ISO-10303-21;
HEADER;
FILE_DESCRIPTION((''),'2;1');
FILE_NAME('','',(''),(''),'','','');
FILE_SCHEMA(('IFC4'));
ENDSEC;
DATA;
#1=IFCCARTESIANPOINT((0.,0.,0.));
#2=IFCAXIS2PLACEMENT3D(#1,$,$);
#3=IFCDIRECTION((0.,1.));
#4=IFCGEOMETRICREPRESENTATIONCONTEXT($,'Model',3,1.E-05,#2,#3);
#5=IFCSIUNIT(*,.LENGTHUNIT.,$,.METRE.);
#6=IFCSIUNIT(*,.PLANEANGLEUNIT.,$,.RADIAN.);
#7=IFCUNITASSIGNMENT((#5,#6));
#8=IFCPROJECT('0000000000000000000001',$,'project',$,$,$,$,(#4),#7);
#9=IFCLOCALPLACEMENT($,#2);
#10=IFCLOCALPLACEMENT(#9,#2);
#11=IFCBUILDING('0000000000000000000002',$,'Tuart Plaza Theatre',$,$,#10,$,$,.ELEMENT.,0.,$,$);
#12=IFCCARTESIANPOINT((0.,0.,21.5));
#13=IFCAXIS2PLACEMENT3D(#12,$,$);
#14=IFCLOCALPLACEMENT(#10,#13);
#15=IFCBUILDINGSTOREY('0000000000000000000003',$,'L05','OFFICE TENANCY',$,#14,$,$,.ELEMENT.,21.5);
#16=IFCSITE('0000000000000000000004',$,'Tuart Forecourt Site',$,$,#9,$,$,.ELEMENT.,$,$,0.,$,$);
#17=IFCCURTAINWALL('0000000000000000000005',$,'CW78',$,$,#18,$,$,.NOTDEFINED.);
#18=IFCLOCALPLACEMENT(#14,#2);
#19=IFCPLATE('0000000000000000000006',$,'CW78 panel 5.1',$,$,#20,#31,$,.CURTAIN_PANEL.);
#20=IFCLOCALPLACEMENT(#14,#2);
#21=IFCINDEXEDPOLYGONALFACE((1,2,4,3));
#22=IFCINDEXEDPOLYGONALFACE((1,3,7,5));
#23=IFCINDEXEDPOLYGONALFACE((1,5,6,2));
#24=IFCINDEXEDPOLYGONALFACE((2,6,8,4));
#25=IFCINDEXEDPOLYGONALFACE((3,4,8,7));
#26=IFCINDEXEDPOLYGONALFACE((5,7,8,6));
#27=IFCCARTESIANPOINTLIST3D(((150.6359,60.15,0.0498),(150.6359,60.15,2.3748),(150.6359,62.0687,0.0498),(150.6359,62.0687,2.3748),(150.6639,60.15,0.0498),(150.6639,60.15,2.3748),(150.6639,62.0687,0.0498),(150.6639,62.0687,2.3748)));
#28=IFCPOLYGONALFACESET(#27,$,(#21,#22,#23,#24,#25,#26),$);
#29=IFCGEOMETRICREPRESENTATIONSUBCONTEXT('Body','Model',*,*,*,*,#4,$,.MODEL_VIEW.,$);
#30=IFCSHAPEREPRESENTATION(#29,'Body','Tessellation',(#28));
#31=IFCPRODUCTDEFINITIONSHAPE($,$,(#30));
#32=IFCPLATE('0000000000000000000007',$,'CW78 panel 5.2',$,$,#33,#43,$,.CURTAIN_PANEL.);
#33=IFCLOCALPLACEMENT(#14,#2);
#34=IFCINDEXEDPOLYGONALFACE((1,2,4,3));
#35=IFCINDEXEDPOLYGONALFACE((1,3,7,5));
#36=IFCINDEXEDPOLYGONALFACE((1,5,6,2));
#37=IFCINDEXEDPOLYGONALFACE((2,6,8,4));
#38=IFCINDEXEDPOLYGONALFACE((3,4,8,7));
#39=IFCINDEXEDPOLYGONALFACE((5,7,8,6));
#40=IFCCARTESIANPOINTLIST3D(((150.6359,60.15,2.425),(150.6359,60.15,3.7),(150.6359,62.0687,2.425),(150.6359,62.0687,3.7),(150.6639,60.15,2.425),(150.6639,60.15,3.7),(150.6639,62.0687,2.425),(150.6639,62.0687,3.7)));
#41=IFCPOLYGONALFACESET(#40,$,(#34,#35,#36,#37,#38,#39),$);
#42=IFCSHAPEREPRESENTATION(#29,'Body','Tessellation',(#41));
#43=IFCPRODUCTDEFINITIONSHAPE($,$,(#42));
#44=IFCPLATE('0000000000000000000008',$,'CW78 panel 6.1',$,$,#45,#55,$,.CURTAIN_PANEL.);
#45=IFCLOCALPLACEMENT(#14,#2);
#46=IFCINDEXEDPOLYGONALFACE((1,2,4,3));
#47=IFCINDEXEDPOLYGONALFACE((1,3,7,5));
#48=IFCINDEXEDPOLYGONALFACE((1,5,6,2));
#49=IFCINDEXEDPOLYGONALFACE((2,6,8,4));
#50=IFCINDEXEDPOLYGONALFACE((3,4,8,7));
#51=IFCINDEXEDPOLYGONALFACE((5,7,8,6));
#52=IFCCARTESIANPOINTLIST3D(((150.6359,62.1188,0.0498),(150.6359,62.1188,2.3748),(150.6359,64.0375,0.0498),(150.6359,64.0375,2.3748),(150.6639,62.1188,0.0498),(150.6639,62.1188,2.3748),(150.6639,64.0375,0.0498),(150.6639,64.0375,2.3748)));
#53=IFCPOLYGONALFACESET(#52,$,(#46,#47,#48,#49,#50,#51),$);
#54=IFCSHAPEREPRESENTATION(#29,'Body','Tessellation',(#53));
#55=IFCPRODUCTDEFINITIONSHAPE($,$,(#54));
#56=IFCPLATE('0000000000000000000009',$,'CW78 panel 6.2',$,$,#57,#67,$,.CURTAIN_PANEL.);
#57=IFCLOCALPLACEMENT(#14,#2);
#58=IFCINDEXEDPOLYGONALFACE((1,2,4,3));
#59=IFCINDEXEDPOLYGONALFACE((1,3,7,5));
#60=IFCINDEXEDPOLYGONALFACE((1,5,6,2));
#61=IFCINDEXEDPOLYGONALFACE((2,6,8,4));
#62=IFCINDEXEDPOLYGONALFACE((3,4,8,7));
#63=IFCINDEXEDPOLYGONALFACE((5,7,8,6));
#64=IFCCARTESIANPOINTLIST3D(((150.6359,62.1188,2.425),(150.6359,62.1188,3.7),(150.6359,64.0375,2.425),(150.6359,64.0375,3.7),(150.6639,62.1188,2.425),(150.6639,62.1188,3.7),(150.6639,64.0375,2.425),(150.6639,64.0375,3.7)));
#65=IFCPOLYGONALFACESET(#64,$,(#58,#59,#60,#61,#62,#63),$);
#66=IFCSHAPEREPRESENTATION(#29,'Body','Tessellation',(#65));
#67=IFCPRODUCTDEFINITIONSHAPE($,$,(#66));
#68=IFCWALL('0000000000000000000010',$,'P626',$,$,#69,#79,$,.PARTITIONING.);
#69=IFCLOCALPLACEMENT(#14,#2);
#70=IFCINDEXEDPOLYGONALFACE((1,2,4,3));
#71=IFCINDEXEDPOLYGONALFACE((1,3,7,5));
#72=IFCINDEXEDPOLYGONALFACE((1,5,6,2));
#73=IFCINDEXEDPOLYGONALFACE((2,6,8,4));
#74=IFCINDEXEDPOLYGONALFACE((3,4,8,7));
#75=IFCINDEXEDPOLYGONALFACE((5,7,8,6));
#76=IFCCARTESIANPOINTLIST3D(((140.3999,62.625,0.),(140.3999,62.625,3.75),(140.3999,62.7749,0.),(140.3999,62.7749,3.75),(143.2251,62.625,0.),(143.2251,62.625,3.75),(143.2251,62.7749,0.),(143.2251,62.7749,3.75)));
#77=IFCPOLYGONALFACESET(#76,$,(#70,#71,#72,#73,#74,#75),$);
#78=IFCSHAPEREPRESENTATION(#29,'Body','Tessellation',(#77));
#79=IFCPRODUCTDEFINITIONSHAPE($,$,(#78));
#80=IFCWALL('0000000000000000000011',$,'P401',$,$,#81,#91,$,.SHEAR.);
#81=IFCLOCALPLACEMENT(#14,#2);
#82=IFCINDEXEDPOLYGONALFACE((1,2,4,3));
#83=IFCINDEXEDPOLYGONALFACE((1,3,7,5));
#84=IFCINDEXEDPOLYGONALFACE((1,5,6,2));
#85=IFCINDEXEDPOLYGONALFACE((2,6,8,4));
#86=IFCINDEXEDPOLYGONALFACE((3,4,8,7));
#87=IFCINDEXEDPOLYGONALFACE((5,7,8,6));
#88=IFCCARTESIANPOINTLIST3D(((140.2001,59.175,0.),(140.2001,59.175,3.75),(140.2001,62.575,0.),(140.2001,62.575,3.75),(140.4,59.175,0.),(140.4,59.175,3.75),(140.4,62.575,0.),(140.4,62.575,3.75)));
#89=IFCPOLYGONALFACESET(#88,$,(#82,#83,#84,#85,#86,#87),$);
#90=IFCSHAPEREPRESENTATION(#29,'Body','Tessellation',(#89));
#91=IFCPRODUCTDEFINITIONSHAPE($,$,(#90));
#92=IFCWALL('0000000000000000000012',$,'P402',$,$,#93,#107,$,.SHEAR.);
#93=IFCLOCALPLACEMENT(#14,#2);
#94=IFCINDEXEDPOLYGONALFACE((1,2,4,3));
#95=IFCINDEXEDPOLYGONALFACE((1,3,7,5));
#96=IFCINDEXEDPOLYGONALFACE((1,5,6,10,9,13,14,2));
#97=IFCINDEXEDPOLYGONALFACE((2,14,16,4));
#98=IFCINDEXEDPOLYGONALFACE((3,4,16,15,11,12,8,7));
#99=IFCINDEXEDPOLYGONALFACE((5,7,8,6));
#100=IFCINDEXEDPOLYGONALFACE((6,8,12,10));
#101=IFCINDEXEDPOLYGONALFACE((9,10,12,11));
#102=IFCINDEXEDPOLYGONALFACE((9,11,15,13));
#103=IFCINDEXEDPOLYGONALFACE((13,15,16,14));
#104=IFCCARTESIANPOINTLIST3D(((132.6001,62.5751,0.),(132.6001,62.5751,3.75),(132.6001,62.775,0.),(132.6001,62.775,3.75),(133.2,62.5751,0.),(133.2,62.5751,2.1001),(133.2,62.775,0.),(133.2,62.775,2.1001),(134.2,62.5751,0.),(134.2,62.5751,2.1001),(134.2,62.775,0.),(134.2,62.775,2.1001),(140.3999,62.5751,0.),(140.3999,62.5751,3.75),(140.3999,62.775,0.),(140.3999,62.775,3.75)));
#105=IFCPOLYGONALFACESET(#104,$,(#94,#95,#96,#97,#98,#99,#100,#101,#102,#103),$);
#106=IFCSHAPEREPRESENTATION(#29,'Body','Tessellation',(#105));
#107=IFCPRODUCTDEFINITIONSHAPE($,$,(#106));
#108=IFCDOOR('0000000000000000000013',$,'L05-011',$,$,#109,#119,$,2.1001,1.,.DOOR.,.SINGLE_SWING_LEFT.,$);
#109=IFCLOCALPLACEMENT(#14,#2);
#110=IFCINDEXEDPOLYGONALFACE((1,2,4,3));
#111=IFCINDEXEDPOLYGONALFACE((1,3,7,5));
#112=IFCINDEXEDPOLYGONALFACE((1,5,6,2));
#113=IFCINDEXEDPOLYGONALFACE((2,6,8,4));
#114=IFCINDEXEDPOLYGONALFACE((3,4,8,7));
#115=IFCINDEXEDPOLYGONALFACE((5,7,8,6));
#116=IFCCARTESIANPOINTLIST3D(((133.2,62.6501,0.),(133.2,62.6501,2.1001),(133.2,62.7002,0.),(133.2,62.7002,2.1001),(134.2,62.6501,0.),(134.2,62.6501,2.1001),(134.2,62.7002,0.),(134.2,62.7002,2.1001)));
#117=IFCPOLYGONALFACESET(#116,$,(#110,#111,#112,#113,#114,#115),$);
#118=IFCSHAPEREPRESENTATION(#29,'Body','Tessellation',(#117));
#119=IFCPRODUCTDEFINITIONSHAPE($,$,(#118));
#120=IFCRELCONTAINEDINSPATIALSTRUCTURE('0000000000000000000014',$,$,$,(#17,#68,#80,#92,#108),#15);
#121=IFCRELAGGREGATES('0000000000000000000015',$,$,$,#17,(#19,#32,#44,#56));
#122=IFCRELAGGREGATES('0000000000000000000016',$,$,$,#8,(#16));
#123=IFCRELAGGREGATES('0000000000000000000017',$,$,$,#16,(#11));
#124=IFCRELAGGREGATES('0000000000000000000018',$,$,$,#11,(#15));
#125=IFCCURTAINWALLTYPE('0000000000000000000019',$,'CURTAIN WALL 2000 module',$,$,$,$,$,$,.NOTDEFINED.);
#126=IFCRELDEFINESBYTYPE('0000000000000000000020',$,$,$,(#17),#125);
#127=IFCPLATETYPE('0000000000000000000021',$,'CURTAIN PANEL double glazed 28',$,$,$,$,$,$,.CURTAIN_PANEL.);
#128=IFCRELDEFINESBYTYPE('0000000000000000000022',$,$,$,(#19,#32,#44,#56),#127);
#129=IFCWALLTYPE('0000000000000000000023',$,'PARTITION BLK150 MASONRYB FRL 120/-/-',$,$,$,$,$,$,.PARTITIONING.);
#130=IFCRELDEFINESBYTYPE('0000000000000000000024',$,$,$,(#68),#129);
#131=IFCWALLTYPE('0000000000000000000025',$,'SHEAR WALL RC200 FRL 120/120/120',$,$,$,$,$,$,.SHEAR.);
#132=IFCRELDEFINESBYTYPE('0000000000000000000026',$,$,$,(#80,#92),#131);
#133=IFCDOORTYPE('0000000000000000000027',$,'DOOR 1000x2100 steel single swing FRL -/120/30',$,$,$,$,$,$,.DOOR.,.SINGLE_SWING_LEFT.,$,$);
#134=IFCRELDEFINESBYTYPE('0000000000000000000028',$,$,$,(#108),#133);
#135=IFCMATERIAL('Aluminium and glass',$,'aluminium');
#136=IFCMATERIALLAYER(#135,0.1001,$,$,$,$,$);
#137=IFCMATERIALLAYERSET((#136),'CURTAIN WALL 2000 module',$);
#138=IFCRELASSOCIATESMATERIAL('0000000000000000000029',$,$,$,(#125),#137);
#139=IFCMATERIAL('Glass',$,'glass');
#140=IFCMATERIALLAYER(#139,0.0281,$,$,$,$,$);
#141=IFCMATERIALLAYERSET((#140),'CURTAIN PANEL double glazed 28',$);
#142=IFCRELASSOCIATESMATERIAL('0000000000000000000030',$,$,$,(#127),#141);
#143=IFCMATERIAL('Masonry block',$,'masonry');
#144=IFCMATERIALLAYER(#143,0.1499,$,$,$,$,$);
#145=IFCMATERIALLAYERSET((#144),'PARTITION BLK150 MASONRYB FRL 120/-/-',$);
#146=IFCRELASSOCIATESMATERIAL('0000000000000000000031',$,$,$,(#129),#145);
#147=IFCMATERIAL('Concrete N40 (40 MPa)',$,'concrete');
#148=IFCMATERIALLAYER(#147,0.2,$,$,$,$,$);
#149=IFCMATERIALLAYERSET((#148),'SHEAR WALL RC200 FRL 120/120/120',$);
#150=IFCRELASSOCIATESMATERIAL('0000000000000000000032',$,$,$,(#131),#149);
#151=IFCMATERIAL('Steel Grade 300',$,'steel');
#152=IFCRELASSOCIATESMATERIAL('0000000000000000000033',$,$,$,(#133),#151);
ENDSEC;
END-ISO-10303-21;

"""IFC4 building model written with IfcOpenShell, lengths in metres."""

from ifc_helpers import new_model, si_unit, direction, frame, frame_2d, origin, origin_2d, place, context, subcontext, project, spatial, rectangle, extrude, material, layer, layer_set, type_object, element, fill, aggregate, save


model = new_model("IFC4")

# Units and contexts
model_context = context("Model", 3, precision=1e-05, world=origin(), true_north=direction((0.0, 1.0)))
body_context = subcontext(model_context, "Body", "Model", "MODEL_VIEW")
ifc_project = project(units=[si_unit("LENGTHUNIT", "METRE"), si_unit("PLANEANGLEUNIT", "RADIAN")], contexts=[model_context])

# Site, building, storey
site_placement = place(None, origin())
site = spatial("IfcSite", under=ifc_project, at=site_placement, Name="Tuart Forecourt Site", CompositionType="ELEMENT", RefElevation=0.0)
building_placement = place(site_placement, origin())
building = spatial("IfcBuilding", under=site, at=building_placement, Name="Tuart Plaza Theatre", CompositionType="ELEMENT", ElevationOfRefHeight=0.0)
storey_placement = place(building_placement, frame((0.0, 0.0, 21.5)))
storey = spatial("IfcBuildingStorey", under=building, at=storey_placement, Name="L05", Description="OFFICE TENANCY", CompositionType="ELEMENT", Elevation=21.5)

# Curtain wall, plates
ifc_material_1 = material(Name="Aluminium and glass", Category="aluminium")
ifc_layer_1 = layer(ifc_material_1, 0.1001)
ifc_layer_set_1 = layer_set([ifc_layer_1], Name="CURTAIN WALL 2000 module")
curtain_wall_type = type_object("IfcCurtainWallType", Name="CURTAIN WALL 2000 module", PredefinedType="NOTDEFINED", material=ifc_layer_set_1)
curtain_wall_placement = place(storey_placement, origin())
curtain_wall = element("IfcCurtainWall", 1, at=curtain_wall_placement, inside=storey, type_object=curtain_wall_type, Name="CW78", PredefinedType="NOTDEFINED")
ifc_material_2 = material(Name="Glass", Category="glass")
ifc_layer_2 = layer(ifc_material_2, 0.0281)
ifc_layer_set_2 = layer_set([ifc_layer_2], Name="CURTAIN PANEL double glazed 28")
plate_type = type_object("IfcPlateType", Name="CURTAIN PANEL double glazed 28", PredefinedType="CURTAIN_PANEL", material=ifc_layer_set_2)
plate_1_placement = place(storey_placement, frame((150.6499, 61.1094, 0.0498), z_axis=(0.0, 0.0, 1.0), x_axis=(0.0, 1.0, 0.0)))
plate_1 = element("IfcPlate", 2, at=plate_1_placement, type_object=plate_type, Name="CW78 panel 5.1", PredefinedType="CURTAIN_PANEL", context=body_context, shape_type="SweptSolid", body=[
    extrude(rectangle(XDim=1.9187, YDim=0.0281, at=origin_2d()), origin(), (0.0, 0.0, 1.0), 2.325),
])
plate_2_placement = place(storey_placement, frame((150.6499, 61.1094, 2.425), z_axis=(0.0, 0.0, 1.0), x_axis=(0.0, 1.0, 0.0)))
plate_2 = element("IfcPlate", 3, at=plate_2_placement, type_object=plate_type, Name="CW78 panel 5.2", PredefinedType="CURTAIN_PANEL", context=body_context, shape_type="SweptSolid", body=[
    extrude(rectangle(XDim=1.9187, YDim=0.0281, at=origin_2d()), origin(), (0.0, 0.0, 1.0), 1.2749),
])
plate_3_placement = place(storey_placement, frame((150.6499, 63.0781, 0.0498), z_axis=(0.0, 0.0, 1.0), x_axis=(0.0, 1.0, 0.0)))
plate_3 = element("IfcPlate", 4, at=plate_3_placement, type_object=plate_type, Name="CW78 panel 6.1", PredefinedType="CURTAIN_PANEL", context=body_context, shape_type="SweptSolid", body=[
    extrude(rectangle(XDim=1.9187, YDim=0.0281, at=origin_2d()), origin(), (0.0, 0.0, 1.0), 2.325),
])
plate_4_placement = place(storey_placement, frame((150.6499, 63.0781, 2.425), z_axis=(0.0, 0.0, 1.0), x_axis=(0.0, 1.0, 0.0)))
plate_4 = element("IfcPlate", 5, at=plate_4_placement, type_object=plate_type, Name="CW78 panel 6.2", PredefinedType="CURTAIN_PANEL", context=body_context, shape_type="SweptSolid", body=[
    extrude(rectangle(XDim=1.9187, YDim=0.0281, at=origin_2d()), origin(), (0.0, 0.0, 1.0), 1.2749),
])
aggregate(curtain_wall, [plate_1, plate_2, plate_3, plate_4])

# Walls
ifc_material_3 = material(Name="Masonry block", Category="masonry")
ifc_layer_3 = layer(ifc_material_3, 0.1499)
ifc_layer_set_3 = layer_set([ifc_layer_3], Name="PARTITION BLK150 MASONRYB FRL 120/-/-")
wall_type_1 = type_object("IfcWallType", Name="PARTITION BLK150 MASONRYB FRL 120/-/-", PredefinedType="PARTITIONING", material=ifc_layer_set_3)
wall_1_placement = place(storey_placement, frame((143.2251, 62.7, 0.0), z_axis=(0.0, 0.0, 1.0), x_axis=(-1.0, 0.0, 0.0)))
element("IfcWall", 6, at=wall_1_placement, inside=storey, type_object=wall_type_1, Name="P626", PredefinedType="PARTITIONING", context=body_context, shape_type="SweptSolid", body=[
    extrude(rectangle(XDim=2.8252, YDim=0.1499, at=frame_2d((1.4126, 0.0))), origin(), (0.0, 0.0, 1.0), 3.75),
])
ifc_material_4 = material(Name="Concrete N40 (40 MPa)", Category="concrete")
ifc_layer_4 = layer(ifc_material_4, 0.2)
ifc_layer_set_4 = layer_set([ifc_layer_4], Name="SHEAR WALL RC200 FRL 120/120/120")
wall_type_2 = type_object("IfcWallType", Name="SHEAR WALL RC200 FRL 120/120/120", PredefinedType="SHEAR", material=ifc_layer_set_4)
wall_2_placement = place(storey_placement, frame((140.3, 59.175, 0.0), z_axis=(0.0, 0.0, 1.0), x_axis=(0.0, 1.0, 0.0)))
element("IfcWall", 7, at=wall_2_placement, inside=storey, type_object=wall_type_2, Name="P401", PredefinedType="SHEAR", context=body_context, shape_type="SweptSolid", body=[
    extrude(rectangle(XDim=3.3999, YDim=0.2, at=frame_2d((1.7, 0.0))), origin(), (0.0, 0.0, 1.0), 3.75),
])

# Wall, opening, door
wall_3_placement = place(storey_placement, frame((140.3999, 62.675, 0.0), z_axis=(0.0, 0.0, 1.0), x_axis=(-1.0, 0.0, 0.0)))
wall_3 = element("IfcWall", 8, at=wall_3_placement, inside=storey, type_object=wall_type_2, Name="P402", PredefinedType="SHEAR", context=body_context, shape_type="SweptSolid", body=[
    extrude(rectangle(XDim=7.7998, YDim=0.2, at=frame_2d((3.8999, 0.0))), origin(), (0.0, 0.0, 1.0), 3.75),
])
opening_placement = place(wall_3_placement, frame((6.2, 0.0, 0.0)))
opening = element("IfcOpeningElement", 9, at=opening_placement, cuts=wall_3, PredefinedType="OPENING", context=body_context, shape_type="SweptSolid", body=[
    extrude(rectangle(XDim=1.0, YDim=2.1001, at=frame_2d((0.5, 1.05))), frame((0.0, 0.1099, 0.0), z_axis=(0.0, -1.0, 0.0), x_axis=(1.0, 0.0, 0.0)), (0.0, 0.0, 1.0), 0.22),
])
ifc_material_5 = material(Name="Steel Grade 300", Category="steel")
door_type = type_object("IfcDoorType", Name="DOOR 1000x2100 steel single swing FRL -/120/30", OperationType="SINGLE_SWING_LEFT", PredefinedType="DOOR", material=ifc_material_5)
door_placement = place(opening_placement, origin())
door = element("IfcDoor", 10, at=door_placement, inside=storey, type_object=door_type, Name="L05-011", OperationType="SINGLE_SWING_LEFT", OverallHeight=2.1001, OverallWidth=1.0, PredefinedType="DOOR", context=body_context, shape_type="SweptSolid", body=[
    extrude(rectangle(XDim=1.0, YDim=2.1001, at=frame_2d((0.5, 1.05))), frame((0.0, 0.0249, 0.0), z_axis=(0.0, -1.0, 0.0), x_axis=(1.0, 0.0, 0.0)), (0.0, 0.0, 1.0), 0.05),
])
fill(opening, door)

save(model, "model.ifc")
